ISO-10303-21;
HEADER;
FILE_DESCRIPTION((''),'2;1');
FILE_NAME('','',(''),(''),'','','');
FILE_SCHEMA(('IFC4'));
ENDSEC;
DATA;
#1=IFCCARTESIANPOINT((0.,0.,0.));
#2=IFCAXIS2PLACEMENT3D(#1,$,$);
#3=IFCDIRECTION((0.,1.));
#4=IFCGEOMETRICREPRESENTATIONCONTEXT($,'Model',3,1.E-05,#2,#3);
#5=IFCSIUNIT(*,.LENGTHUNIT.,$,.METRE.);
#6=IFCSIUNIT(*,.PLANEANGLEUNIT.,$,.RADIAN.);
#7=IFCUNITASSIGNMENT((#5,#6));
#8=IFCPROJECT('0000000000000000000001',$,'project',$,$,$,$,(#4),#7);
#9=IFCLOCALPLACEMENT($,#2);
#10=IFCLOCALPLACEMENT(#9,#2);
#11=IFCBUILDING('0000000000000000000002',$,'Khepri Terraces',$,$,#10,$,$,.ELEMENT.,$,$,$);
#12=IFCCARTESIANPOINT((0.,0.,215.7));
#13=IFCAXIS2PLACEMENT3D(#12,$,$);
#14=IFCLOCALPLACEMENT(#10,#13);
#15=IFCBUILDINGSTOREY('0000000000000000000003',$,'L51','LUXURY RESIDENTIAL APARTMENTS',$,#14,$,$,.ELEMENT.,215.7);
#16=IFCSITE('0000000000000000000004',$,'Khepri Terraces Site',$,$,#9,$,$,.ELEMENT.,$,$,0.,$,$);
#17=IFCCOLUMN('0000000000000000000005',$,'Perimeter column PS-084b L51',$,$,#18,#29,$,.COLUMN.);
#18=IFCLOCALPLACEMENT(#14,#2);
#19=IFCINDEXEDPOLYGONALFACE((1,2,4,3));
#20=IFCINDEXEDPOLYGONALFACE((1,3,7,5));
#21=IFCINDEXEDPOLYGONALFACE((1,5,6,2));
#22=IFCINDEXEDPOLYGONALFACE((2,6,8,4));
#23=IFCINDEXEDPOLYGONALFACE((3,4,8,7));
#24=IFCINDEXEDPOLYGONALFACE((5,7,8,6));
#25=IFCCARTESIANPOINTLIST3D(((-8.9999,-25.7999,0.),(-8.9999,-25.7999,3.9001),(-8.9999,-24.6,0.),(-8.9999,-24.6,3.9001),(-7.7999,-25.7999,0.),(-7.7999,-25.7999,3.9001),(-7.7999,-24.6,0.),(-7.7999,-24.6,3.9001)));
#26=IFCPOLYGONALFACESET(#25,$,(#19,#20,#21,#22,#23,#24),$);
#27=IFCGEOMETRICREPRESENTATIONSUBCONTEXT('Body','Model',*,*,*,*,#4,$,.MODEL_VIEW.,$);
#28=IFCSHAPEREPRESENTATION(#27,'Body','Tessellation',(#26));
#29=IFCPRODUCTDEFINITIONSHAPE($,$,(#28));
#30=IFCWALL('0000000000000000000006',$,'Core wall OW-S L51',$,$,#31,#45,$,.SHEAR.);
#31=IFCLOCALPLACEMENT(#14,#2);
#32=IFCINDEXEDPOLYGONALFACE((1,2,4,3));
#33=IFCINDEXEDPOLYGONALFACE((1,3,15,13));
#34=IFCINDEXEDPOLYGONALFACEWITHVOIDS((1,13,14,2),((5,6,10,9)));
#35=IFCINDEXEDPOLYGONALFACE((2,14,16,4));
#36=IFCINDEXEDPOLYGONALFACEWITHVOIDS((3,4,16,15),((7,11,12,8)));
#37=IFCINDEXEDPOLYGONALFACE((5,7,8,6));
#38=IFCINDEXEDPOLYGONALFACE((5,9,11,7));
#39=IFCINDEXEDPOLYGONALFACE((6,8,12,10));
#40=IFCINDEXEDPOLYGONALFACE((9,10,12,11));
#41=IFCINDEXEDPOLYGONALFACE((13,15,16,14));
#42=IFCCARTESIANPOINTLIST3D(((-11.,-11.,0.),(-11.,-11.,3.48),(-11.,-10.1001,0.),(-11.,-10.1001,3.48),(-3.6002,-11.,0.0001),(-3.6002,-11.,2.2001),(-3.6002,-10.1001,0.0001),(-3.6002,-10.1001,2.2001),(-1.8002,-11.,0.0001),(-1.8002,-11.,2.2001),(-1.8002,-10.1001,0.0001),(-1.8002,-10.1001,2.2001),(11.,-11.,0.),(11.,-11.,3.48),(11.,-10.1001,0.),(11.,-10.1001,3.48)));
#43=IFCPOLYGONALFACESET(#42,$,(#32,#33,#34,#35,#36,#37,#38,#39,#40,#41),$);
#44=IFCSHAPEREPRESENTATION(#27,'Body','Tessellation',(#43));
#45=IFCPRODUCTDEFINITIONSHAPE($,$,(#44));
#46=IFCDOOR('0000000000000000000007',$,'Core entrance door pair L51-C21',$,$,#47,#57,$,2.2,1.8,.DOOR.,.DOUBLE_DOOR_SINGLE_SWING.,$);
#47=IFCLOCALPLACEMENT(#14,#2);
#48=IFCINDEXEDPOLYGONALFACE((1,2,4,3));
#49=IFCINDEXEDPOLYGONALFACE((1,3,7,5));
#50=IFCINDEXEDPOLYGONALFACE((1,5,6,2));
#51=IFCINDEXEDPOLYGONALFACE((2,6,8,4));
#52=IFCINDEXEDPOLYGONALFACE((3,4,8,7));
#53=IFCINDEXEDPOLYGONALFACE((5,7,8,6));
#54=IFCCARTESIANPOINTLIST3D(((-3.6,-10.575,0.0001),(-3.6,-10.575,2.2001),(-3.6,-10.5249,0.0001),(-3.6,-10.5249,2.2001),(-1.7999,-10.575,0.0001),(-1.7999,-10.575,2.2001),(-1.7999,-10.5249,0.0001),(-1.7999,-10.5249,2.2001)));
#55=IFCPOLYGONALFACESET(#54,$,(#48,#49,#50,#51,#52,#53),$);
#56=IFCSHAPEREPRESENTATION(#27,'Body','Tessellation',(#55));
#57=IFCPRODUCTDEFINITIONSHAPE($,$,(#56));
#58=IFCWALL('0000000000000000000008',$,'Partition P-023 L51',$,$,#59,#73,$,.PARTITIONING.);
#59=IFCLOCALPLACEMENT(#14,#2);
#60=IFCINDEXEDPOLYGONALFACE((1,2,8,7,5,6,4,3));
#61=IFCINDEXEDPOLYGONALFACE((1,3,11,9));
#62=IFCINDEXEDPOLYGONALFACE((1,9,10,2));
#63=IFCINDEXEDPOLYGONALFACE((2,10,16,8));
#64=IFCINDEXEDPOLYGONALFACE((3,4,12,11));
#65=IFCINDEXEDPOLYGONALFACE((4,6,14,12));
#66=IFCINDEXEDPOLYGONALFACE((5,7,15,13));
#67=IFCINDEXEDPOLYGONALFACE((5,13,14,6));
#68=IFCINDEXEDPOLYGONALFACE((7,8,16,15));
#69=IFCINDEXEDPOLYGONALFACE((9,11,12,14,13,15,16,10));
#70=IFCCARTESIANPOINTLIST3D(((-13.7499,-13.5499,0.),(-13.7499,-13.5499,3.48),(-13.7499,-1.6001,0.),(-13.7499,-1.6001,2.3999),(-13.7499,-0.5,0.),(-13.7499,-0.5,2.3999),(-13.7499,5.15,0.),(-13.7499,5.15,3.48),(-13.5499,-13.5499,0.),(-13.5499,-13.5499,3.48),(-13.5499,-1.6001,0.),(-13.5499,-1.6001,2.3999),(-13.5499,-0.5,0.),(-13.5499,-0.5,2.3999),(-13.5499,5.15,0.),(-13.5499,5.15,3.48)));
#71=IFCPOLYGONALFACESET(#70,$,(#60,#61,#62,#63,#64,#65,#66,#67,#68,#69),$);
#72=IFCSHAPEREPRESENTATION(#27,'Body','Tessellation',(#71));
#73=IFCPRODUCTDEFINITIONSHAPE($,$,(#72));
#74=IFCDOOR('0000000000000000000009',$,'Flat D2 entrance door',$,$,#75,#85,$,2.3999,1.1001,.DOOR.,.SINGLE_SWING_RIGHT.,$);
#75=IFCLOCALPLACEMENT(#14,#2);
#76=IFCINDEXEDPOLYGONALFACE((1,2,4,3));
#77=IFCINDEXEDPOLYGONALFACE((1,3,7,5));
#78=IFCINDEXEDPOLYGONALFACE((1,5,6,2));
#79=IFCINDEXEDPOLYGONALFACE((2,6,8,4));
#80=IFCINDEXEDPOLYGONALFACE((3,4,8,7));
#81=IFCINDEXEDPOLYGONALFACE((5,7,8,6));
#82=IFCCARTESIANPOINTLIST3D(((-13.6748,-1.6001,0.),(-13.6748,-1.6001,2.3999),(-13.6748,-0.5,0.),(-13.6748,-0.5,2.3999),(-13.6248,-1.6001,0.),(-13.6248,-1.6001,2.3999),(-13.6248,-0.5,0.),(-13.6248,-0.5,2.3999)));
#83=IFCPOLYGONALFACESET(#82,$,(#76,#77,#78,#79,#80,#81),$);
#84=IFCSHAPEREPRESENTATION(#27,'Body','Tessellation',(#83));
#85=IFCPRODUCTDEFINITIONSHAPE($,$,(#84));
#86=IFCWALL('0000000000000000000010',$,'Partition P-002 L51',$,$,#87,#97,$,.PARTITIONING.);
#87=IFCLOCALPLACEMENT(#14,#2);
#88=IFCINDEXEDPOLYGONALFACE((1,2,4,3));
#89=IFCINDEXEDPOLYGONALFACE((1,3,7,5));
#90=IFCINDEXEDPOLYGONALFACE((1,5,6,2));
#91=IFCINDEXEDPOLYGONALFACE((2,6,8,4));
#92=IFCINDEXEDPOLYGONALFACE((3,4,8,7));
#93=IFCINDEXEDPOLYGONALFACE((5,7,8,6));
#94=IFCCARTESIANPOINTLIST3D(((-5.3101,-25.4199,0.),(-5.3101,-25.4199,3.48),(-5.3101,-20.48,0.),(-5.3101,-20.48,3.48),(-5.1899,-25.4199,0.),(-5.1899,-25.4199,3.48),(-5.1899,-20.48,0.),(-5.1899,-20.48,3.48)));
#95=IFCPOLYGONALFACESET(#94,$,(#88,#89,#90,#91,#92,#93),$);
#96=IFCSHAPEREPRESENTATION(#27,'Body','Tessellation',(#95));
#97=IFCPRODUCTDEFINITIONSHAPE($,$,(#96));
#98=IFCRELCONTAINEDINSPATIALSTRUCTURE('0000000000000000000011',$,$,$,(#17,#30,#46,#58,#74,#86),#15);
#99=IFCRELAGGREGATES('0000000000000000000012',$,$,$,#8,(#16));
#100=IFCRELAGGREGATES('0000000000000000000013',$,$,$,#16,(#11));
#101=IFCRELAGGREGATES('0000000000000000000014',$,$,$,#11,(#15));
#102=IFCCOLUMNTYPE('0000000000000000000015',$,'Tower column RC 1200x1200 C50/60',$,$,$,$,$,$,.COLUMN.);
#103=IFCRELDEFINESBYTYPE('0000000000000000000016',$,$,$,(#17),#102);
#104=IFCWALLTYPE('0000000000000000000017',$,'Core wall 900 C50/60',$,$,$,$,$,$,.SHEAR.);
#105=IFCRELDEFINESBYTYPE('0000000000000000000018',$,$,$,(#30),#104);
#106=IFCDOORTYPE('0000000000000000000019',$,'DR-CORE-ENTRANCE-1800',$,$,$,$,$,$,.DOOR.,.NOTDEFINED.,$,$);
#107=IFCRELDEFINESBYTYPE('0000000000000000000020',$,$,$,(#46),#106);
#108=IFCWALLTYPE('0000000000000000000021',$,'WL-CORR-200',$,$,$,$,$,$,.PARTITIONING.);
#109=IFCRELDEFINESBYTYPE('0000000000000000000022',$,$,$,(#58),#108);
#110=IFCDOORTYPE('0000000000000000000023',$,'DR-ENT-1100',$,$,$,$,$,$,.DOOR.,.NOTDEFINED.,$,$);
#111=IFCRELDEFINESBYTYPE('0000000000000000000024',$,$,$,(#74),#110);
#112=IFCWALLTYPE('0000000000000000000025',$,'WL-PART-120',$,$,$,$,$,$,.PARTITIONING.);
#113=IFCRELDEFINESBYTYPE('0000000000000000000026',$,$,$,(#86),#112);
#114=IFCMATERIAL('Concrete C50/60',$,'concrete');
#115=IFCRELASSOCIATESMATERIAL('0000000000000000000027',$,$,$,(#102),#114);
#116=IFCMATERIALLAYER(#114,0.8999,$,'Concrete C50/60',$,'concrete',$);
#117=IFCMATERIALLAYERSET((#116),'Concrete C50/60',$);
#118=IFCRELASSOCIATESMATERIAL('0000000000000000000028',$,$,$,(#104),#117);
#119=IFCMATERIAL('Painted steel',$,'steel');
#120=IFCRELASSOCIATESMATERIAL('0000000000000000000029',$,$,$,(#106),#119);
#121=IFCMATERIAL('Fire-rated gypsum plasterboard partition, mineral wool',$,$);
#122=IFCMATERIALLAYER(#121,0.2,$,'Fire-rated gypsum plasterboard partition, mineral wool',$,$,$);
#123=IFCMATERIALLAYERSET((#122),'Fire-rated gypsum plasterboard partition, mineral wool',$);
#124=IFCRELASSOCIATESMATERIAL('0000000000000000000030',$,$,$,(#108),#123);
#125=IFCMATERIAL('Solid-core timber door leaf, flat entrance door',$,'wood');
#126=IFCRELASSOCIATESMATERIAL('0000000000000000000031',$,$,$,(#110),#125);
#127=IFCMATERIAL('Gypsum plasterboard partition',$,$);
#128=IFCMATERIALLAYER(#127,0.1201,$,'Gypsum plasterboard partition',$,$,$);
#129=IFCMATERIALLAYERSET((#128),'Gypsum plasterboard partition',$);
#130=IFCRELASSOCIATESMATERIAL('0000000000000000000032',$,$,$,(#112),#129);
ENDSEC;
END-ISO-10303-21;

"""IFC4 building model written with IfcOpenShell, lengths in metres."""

from ifc_helpers import new_model, si_unit, direction, frame, frame_2d, origin, origin_2d, place, context, subcontext, project, spatial, rectangle, extrude, material, layer, layer_set, material_profile, profile_set, type_object, element, fill, save


model = new_model("IFC4")

# Units and contexts
model_context = context("Model", 3, precision=1e-05, world=origin(), true_north=direction((0.0, 1.0)))
body_context = subcontext(model_context, "Body", "Model", "MODEL_VIEW")
ifc_project = project(units=[si_unit("LENGTHUNIT", "METRE"), si_unit("PLANEANGLEUNIT", "RADIAN")], contexts=[model_context])

# Site, building, storey
site_placement = place(None, origin())
site = spatial("IfcSite", under=ifc_project, at=site_placement, Name="Khepri Terraces Site", CompositionType="ELEMENT", RefElevation=0.0)
building_placement = place(site_placement, origin())
building = spatial("IfcBuilding", under=site, at=building_placement, Name="Khepri Terraces", CompositionType="ELEMENT")
storey_placement = place(building_placement, frame((0.0, 0.0, 215.7)))
storey = spatial("IfcBuildingStorey", under=building, at=storey_placement, Name="L51", Description="LUXURY RESIDENTIAL APARTMENTS", CompositionType="ELEMENT", Elevation=215.7)

# Column
ifc_material_1 = material(Name="Concrete C50/60", Category="concrete")
ifc_material_profile = material_profile(ifc_material_1, rectangle(XDim=1.2, YDim=1.2, at=origin_2d()), Name="Concrete C50/60", Category="concrete")
ifc_profile_set = profile_set([ifc_material_profile], Name="Concrete C50/60")
column_type = type_object("IfcColumnType", Name="Tower column RC 1200x1200 C50/60", PredefinedType="COLUMN", material=ifc_profile_set)
column_placement = place(storey_placement, frame((-8.3999, -25.2, 0.0), z_axis=(0.0, 0.0, 1.0), x_axis=(1.0, 0.0, 0.0)))
element("IfcColumn", 1, at=column_placement, inside=storey, type_object=column_type, Name="Perimeter column PS-084b L51", PredefinedType="COLUMN", context=body_context, shape_type="SweptSolid", body=[
    extrude(rectangle(XDim=1.2, YDim=1.2, at=origin_2d()), origin(), (0.0, 0.0, 1.0), 3.9001),
])

# Walls, openings, doors
ifc_layer_1 = layer(ifc_material_1, 0.8999, Name="Concrete C50/60", Category="concrete")
ifc_layer_set_1 = layer_set([ifc_layer_1], Name="Concrete C50/60")
wall_type_1 = type_object("IfcWallType", Name="Core wall 900 C50/60", PredefinedType="SHEAR", material=ifc_layer_set_1)
wall_1_placement = place(storey_placement, frame((-11.0, -10.55, 0.0), z_axis=(0.0, 0.0, 1.0), x_axis=(1.0, 0.0, 0.0)))
wall_1 = element("IfcWall", 2, at=wall_1_placement, inside=storey, type_object=wall_type_1, Name="Core wall OW-S L51", PredefinedType="SHEAR", context=body_context, shape_type="SweptSolid", body=[
    extrude(rectangle(XDim=22.0, YDim=0.8999, at=frame_2d((11.0, 0.0))), origin(), (0.0, 0.0, 1.0), 3.48),
])
opening_1_placement = place(wall_1_placement, frame((7.3999, 0.0, 0.0)))
opening_1 = element("IfcOpeningElement", 3, at=opening_1_placement, cuts=wall_1, PredefinedType="OPENING", context=body_context, shape_type="SweptSolid", body=[
    extrude(rectangle(XDim=1.8, YDim=2.2, at=frame_2d((0.8999, 1.1001))), frame((0.0, 0.46, 0.0), z_axis=(0.0, -1.0, 0.0), x_axis=(1.0, 0.0, 0.0)), (0.0, 0.0, 1.0), 0.9199),
])
ifc_material_2 = material(Name="Painted steel", Category="steel")
door_type_1 = type_object("IfcDoorType", Name="DR-CORE-ENTRANCE-1800", OperationType="NOTDEFINED", PredefinedType="DOOR", material=ifc_material_2)
door_1_placement = place(opening_1_placement, frame((1.8, 0.0, 0.0), z_axis=(0.0, 0.0, 1.0), x_axis=(-1.0, 0.0, 0.0)))
door_1 = element("IfcDoor", 4, at=door_1_placement, inside=storey, type_object=door_type_1, Name="Core entrance door pair L51-C21", OperationType="DOUBLE_DOOR_SINGLE_SWING", OverallHeight=2.2, OverallWidth=1.8, PredefinedType="DOOR", context=body_context, shape_type="SweptSolid", body=[
    extrude(rectangle(XDim=1.8, YDim=2.2, at=frame_2d((0.8999, 1.1001))), frame((0.0, 0.0249, 0.0), z_axis=(0.0, -1.0, 0.0), x_axis=(1.0, 0.0, 0.0)), (0.0, 0.0, 1.0), 0.05),
])
fill(opening_1, door_1)
ifc_material_3 = material(Name="Fire-rated gypsum plasterboard partition, mineral wool")
ifc_layer_2 = layer(ifc_material_3, 0.2, Name="Fire-rated gypsum plasterboard partition, mineral wool")
ifc_layer_set_2 = layer_set([ifc_layer_2], Name="Fire-rated gypsum plasterboard partition, mineral wool")
wall_type_2 = type_object("IfcWallType", Name="WL-CORR-200", PredefinedType="PARTITIONING", material=ifc_layer_set_2)
wall_2_placement = place(storey_placement, frame((-13.6499, -13.55, 0.0), z_axis=(0.0, 0.0, 1.0), x_axis=(0.0, 1.0, 0.0)))
wall_2 = element("IfcWall", 5, at=wall_2_placement, inside=storey, type_object=wall_type_2, Name="Partition P-023 L51", PredefinedType="PARTITIONING", context=body_context, shape_type="SweptSolid", body=[
    extrude(rectangle(XDim=18.7, YDim=0.2, at=frame_2d((9.3501, 0.0))), origin(), (0.0, 0.0, 1.0), 3.48),
])
opening_2_placement = place(wall_2_placement, frame((11.95, 0.0, 0.0)))
opening_2 = element("IfcOpeningElement", 6, at=opening_2_placement, cuts=wall_2, PredefinedType="OPENING", context=body_context, shape_type="SweptSolid", body=[
    extrude(rectangle(XDim=1.1001, YDim=2.3999, at=frame_2d((0.55, 1.2))), frame((0.0, 0.1099, 0.0), z_axis=(0.0, -1.0, 0.0), x_axis=(1.0, 0.0, 0.0)), (0.0, 0.0, 1.0), 0.22),
])
ifc_material_4 = material(Name="Solid-core timber door leaf, flat entrance door", Category="wood")
door_type_2 = type_object("IfcDoorType", Name="DR-ENT-1100", OperationType="NOTDEFINED", PredefinedType="DOOR", material=ifc_material_4)
door_2_placement = place(opening_2_placement, origin())
door_2 = element("IfcDoor", 7, at=door_2_placement, inside=storey, type_object=door_type_2, Name="Flat D2 entrance door", OperationType="SINGLE_SWING_RIGHT", OverallHeight=2.3999, OverallWidth=1.1001, PredefinedType="DOOR", context=body_context, shape_type="SweptSolid", body=[
    extrude(rectangle(XDim=1.1001, YDim=2.3999, at=frame_2d((0.55, 1.2))), frame((0.0, 0.0249, 0.0), z_axis=(0.0, -1.0, 0.0), x_axis=(1.0, 0.0, 0.0)), (0.0, 0.0, 1.0), 0.05),
])
fill(opening_2, door_2)

# Wall
ifc_material_5 = material(Name="Gypsum plasterboard partition")
ifc_layer_3 = layer(ifc_material_5, 0.1201, Name="Gypsum plasterboard partition")
ifc_layer_set_3 = layer_set([ifc_layer_3], Name="Gypsum plasterboard partition")
wall_type_3 = type_object("IfcWallType", Name="WL-PART-120", PredefinedType="PARTITIONING", material=ifc_layer_set_3)
wall_3_placement = place(storey_placement, frame((-5.25, -25.4199, 0.0), z_axis=(0.0, 0.0, 1.0), x_axis=(0.0, 1.0, 0.0)))
element("IfcWall", 8, at=wall_3_placement, inside=storey, type_object=wall_type_3, Name="Partition P-002 L51", PredefinedType="PARTITIONING", context=body_context, shape_type="SweptSolid", body=[
    extrude(rectangle(XDim=4.9399, YDim=0.1201, at=frame_2d((2.47, 0.0))), origin(), (0.0, 0.0, 1.0), 3.48),
])

save(model, "model.ifc")
